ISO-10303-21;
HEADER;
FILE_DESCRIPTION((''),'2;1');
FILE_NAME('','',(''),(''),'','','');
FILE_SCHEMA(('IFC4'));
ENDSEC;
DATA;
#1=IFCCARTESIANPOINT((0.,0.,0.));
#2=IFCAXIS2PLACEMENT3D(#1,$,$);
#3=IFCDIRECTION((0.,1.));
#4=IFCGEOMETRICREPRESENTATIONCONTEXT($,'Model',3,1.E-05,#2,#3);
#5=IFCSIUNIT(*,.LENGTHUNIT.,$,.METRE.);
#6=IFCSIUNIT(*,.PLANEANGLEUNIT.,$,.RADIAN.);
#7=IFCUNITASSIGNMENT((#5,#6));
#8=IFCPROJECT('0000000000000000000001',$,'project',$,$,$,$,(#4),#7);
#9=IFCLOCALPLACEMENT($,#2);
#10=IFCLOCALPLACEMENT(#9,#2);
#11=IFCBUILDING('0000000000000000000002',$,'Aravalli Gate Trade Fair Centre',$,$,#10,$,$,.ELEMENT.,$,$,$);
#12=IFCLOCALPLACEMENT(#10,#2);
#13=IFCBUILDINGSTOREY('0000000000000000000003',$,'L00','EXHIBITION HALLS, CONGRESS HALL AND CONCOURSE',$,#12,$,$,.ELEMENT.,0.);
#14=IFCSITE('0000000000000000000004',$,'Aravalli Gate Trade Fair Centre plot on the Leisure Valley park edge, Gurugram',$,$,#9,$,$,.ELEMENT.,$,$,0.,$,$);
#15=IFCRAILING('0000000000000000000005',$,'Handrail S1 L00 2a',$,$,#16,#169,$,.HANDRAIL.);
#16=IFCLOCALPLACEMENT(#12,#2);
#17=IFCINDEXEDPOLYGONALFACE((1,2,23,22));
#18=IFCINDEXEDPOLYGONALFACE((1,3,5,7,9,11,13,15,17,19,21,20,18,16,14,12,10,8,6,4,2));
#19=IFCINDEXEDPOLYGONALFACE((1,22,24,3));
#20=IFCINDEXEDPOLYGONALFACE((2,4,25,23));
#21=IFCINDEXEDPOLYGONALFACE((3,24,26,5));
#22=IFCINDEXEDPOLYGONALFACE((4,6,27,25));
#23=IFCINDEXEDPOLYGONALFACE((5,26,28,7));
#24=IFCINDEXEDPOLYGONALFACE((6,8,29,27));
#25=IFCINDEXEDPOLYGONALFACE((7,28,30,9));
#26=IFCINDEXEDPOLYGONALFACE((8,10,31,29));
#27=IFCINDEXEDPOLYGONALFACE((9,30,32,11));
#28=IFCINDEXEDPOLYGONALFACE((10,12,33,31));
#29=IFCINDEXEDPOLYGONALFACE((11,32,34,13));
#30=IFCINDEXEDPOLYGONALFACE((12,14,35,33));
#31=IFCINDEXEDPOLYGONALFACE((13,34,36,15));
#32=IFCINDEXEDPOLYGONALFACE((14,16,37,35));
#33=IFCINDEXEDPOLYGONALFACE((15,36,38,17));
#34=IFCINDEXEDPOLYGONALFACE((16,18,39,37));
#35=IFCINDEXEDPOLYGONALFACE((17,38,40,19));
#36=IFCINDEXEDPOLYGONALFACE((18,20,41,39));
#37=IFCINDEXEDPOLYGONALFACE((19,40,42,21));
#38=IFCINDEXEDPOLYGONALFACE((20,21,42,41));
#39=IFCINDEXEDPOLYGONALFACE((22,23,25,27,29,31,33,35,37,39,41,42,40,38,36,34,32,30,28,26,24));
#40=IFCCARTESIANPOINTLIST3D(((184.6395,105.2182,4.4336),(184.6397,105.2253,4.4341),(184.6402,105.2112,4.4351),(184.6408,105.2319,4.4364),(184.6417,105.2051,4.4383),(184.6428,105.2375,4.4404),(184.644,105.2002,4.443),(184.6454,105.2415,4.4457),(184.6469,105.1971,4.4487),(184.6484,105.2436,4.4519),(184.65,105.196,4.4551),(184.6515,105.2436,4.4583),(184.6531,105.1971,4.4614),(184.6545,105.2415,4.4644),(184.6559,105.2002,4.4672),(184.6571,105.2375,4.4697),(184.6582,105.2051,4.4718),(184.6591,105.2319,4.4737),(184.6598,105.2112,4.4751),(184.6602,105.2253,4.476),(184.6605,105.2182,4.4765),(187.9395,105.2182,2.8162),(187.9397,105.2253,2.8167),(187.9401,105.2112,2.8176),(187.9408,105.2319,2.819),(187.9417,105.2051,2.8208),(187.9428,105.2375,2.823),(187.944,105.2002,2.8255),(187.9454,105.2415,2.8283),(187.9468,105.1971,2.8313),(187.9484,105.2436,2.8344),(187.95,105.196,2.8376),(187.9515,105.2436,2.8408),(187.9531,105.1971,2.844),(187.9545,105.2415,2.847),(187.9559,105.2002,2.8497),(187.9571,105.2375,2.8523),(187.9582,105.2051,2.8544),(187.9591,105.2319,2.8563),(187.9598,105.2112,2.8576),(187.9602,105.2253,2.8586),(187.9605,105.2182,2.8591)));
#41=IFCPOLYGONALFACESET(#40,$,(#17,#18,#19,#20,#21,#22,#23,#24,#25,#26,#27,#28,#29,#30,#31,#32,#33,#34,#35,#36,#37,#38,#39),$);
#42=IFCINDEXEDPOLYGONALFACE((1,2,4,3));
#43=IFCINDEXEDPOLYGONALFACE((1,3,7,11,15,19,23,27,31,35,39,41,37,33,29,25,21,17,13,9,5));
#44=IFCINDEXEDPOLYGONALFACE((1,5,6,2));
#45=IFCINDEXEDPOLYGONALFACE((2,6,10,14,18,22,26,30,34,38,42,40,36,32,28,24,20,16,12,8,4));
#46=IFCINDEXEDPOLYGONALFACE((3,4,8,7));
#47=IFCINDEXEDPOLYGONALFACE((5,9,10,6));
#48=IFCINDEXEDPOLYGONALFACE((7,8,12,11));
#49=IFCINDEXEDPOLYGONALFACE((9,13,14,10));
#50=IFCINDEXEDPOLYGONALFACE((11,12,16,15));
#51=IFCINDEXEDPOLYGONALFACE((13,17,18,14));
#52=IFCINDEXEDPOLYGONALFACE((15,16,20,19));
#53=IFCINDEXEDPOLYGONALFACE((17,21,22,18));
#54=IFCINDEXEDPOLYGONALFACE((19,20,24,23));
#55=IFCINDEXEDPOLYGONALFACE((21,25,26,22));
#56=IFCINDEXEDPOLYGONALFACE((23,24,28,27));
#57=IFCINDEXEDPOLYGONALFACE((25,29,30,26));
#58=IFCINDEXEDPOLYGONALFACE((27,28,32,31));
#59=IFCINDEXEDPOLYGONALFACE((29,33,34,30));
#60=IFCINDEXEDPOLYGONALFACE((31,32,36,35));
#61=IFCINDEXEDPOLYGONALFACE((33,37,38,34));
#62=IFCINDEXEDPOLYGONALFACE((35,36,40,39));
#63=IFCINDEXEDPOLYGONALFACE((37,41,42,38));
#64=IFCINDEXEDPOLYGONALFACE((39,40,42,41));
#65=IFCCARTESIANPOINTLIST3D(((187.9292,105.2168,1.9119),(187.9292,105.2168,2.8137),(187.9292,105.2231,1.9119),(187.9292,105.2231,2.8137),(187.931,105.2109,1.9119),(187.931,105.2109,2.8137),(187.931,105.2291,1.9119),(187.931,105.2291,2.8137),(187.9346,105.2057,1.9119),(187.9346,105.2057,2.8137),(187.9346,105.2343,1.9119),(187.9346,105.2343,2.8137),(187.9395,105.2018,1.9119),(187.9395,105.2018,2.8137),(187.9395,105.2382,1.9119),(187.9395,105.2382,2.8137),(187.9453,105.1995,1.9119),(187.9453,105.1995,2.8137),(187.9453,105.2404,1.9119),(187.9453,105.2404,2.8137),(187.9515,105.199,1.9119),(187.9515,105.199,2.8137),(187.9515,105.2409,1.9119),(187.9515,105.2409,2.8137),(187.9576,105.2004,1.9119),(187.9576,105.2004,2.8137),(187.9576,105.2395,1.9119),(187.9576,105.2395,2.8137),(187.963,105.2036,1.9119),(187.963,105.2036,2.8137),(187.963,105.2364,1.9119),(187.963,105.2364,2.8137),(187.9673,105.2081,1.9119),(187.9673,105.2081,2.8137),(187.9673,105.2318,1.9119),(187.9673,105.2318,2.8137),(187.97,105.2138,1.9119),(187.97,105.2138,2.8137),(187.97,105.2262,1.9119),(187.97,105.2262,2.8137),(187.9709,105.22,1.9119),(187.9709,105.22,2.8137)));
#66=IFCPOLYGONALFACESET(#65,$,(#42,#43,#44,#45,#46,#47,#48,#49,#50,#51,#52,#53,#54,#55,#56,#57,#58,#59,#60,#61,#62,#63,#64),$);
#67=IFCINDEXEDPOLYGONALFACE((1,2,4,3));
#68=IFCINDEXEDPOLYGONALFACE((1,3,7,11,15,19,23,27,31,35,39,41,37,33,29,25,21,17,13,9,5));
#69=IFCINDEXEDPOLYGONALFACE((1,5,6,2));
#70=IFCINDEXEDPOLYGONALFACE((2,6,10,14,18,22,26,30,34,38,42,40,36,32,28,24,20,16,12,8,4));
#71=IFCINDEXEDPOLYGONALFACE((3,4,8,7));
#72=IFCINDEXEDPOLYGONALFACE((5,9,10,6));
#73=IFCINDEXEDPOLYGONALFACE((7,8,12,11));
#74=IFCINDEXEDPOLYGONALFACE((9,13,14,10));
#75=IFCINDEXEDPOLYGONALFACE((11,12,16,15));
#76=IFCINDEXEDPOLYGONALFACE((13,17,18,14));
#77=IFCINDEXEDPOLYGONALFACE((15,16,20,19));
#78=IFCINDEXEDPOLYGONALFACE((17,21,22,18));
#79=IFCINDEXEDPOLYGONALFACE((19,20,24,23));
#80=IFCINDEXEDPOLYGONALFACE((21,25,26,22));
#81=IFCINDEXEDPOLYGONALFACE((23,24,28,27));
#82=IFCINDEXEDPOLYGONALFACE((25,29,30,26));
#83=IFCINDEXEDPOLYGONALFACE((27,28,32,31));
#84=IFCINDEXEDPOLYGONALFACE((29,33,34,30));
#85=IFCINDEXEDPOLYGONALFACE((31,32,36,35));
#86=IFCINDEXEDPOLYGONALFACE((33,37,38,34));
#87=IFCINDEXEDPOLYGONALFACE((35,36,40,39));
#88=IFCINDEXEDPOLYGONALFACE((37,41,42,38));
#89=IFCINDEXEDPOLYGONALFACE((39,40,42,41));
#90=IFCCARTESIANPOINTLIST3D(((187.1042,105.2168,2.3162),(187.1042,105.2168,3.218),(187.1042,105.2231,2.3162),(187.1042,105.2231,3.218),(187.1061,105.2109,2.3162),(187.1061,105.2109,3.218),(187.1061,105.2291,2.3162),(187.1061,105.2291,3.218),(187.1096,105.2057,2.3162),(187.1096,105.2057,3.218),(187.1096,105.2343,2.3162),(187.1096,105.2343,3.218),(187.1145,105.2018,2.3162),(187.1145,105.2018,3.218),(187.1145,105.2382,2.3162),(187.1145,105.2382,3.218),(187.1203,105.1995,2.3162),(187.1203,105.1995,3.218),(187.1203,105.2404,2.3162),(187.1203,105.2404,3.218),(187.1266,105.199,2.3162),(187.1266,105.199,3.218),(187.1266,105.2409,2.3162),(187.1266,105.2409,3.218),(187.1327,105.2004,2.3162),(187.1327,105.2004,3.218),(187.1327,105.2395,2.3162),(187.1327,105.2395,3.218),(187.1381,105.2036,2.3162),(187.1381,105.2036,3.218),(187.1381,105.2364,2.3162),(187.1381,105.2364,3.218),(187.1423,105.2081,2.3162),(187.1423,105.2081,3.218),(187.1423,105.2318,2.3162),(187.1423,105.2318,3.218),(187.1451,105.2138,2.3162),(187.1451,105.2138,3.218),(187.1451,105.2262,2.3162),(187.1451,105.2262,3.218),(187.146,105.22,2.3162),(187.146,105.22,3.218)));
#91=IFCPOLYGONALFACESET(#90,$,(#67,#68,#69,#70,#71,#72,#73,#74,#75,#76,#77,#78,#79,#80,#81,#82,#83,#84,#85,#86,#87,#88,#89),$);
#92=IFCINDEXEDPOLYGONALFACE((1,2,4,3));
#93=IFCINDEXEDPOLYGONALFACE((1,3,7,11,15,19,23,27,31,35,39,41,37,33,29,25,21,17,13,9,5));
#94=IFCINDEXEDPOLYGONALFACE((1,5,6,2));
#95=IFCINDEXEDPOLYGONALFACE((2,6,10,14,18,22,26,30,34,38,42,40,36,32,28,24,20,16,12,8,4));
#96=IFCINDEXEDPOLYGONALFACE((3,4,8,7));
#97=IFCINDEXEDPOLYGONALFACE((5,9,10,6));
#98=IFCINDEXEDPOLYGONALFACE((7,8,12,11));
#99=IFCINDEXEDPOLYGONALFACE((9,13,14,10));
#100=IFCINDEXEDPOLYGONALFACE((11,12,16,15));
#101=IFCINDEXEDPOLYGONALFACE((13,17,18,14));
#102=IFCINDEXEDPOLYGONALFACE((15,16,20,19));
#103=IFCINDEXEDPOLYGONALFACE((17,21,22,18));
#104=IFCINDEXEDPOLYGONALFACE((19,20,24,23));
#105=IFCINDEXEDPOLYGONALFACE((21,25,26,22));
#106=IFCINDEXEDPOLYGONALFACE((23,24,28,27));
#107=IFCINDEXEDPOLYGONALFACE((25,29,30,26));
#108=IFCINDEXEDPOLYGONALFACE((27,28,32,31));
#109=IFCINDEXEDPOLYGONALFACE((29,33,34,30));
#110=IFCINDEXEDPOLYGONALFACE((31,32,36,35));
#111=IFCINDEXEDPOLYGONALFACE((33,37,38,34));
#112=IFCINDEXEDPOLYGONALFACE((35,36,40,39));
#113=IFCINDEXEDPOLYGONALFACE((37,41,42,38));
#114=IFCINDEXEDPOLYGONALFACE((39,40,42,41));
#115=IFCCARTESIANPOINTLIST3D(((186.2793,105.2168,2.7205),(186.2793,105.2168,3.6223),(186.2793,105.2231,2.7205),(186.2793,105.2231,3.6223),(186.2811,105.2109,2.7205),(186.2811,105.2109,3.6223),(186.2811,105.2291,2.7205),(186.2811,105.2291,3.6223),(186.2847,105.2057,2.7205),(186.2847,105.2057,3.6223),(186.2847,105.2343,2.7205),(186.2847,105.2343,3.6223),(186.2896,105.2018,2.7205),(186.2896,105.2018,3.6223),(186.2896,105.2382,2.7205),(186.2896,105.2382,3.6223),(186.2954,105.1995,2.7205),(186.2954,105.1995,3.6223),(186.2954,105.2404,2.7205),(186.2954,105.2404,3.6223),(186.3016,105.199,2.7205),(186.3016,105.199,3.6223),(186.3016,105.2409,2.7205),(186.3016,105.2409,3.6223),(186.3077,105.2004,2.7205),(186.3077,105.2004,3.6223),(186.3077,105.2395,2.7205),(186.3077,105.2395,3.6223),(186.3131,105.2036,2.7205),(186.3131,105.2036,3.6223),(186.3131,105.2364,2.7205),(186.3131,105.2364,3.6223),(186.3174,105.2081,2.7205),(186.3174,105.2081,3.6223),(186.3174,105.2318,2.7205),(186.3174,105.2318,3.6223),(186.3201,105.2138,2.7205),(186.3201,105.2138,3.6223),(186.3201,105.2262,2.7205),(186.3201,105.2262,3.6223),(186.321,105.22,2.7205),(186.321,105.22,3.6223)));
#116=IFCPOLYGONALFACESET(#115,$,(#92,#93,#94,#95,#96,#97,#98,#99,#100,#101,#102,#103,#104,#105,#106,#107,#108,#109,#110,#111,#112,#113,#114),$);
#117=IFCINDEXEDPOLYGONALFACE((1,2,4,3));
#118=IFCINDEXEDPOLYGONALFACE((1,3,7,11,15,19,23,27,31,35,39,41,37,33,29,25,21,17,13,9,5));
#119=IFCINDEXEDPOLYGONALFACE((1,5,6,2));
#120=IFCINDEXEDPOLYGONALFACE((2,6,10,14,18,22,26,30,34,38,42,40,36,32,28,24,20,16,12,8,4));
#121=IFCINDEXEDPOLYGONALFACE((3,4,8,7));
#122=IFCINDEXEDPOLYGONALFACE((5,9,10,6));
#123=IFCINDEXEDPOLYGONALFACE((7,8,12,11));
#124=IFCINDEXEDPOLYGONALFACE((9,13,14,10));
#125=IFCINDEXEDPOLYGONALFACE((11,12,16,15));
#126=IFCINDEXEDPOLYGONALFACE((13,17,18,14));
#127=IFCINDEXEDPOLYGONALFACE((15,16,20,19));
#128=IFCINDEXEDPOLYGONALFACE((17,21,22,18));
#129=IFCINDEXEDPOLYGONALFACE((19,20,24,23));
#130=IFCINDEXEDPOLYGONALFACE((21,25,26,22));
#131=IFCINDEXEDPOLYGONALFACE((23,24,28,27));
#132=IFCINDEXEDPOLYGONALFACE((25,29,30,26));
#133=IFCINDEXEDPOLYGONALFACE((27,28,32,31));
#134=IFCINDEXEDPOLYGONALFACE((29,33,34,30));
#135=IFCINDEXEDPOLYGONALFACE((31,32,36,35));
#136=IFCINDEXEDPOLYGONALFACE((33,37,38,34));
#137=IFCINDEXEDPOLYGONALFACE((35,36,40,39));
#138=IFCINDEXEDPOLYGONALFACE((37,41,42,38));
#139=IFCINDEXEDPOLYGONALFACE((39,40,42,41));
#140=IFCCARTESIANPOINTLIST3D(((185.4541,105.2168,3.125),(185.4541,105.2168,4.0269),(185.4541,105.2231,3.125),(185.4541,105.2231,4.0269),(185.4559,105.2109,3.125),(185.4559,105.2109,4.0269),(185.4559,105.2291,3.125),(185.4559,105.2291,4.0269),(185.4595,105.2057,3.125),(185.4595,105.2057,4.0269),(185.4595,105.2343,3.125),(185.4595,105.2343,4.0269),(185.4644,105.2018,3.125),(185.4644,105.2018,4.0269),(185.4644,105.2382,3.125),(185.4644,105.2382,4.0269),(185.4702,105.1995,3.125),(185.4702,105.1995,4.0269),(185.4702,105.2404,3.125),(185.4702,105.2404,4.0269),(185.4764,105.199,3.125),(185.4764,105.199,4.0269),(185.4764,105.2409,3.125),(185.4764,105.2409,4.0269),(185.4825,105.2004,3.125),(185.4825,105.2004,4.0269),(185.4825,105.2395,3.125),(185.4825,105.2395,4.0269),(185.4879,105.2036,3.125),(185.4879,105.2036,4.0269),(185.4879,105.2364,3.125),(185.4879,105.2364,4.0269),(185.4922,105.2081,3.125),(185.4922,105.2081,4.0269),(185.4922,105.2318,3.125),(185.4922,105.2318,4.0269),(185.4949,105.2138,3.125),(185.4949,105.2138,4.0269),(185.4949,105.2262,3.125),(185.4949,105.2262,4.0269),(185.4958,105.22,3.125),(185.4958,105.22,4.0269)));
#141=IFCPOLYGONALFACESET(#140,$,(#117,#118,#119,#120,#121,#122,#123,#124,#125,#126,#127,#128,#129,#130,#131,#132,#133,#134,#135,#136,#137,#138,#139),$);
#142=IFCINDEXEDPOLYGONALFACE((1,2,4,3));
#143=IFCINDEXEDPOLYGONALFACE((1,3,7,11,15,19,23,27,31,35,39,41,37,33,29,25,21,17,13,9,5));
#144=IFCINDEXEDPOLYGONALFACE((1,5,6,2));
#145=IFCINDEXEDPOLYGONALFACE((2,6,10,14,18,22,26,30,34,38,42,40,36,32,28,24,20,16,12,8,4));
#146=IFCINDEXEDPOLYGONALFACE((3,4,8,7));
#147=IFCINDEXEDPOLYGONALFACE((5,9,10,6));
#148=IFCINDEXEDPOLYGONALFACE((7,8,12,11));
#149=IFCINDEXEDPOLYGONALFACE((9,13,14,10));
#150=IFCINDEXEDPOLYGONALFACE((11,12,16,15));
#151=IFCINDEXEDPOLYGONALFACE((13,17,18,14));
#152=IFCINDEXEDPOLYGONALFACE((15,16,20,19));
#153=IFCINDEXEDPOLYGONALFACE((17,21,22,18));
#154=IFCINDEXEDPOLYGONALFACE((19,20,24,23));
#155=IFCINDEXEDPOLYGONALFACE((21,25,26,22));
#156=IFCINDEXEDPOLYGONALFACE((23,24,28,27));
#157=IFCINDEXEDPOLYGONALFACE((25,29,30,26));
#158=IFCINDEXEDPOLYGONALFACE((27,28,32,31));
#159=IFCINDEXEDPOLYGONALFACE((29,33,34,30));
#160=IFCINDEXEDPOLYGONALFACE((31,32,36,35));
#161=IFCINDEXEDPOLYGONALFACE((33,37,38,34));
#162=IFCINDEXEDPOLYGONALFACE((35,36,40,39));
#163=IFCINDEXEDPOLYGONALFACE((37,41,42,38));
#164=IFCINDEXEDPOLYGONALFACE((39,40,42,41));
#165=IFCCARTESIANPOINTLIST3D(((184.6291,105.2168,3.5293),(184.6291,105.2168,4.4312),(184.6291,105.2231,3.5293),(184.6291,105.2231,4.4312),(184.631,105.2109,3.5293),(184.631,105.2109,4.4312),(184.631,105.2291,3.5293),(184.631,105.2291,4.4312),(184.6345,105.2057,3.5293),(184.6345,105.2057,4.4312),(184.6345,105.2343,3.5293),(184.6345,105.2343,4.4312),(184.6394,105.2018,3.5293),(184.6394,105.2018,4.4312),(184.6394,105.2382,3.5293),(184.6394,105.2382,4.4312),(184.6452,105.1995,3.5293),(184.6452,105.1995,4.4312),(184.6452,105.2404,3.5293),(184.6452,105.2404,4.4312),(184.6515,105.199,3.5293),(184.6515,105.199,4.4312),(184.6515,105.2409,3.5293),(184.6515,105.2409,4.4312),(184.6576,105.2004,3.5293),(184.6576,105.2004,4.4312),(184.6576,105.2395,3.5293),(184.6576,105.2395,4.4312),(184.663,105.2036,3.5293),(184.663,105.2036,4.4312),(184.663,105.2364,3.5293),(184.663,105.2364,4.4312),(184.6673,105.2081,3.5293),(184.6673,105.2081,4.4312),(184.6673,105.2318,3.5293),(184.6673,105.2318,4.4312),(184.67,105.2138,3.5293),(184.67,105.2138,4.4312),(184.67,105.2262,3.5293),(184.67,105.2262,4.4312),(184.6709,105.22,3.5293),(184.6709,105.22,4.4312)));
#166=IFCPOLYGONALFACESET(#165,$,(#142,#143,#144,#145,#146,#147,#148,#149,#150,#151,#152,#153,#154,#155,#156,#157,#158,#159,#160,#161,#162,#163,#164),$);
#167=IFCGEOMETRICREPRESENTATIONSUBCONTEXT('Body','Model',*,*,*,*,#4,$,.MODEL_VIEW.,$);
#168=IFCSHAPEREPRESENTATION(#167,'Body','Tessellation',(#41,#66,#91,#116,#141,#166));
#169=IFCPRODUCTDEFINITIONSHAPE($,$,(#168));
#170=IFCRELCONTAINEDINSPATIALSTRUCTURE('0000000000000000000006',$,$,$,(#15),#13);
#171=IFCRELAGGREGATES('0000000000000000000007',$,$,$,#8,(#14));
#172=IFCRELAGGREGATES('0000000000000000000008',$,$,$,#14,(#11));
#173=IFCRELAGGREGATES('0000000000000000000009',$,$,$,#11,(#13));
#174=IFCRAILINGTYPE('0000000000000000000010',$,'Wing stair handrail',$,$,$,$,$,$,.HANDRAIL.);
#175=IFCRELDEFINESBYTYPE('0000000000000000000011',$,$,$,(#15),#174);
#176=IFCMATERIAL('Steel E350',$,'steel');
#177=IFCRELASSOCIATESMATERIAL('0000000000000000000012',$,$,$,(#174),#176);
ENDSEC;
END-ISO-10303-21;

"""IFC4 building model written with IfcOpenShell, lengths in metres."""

from ifc_helpers import new_model, si_unit, direction, frame, origin, origin_2d, place, context, subcontext, project, spatial, circle, extrude, material, type_object, element, save


model = new_model("IFC4")

# Units and contexts
model_context = context("Model", 3, precision=1e-05, world=origin(), true_north=direction((0.0, 1.0)))
body_context = subcontext(model_context, "Body", "Model", "MODEL_VIEW")
ifc_project = project(units=[si_unit("LENGTHUNIT", "METRE"), si_unit("PLANEANGLEUNIT", "RADIAN")], contexts=[model_context])

# Site, building, storey
site_placement = place(None, origin())
site = spatial("IfcSite", under=ifc_project, at=site_placement, Name="Aravalli Gate Trade Fair Centre plot on the Leisure Valley park edge, Gurugram", CompositionType="ELEMENT", RefElevation=0.0)
building_placement = place(site_placement, origin())
building = spatial("IfcBuilding", under=site, at=building_placement, Name="Aravalli Gate Trade Fair Centre", CompositionType="ELEMENT")
storey_placement = place(building_placement, origin())
storey = spatial("IfcBuildingStorey", under=building, at=storey_placement, Name="L00", Description="EXHIBITION HALLS, CONGRESS HALL AND CONCOURSE", CompositionType="ELEMENT", Elevation=0.0)

# Shared definitions
ifc_material_1 = material(Name="Steel E350", Category="steel")

# Railing
railing_type_1 = type_object("IfcRailingType", Name="Wing stair handrail", PredefinedType="HANDRAIL", material=ifc_material_1)
for number, where, name in (
    (1, (187.95, 105.22, 1.9119), "Handrail S1 L00 2a"),
):
    element("IfcRailing", number, at=place(storey_placement, frame(where)), inside=storey, type_object=railing_type_1, Name=name, PredefinedType="HANDRAIL", context=body_context, shape_type="SweptSolid", body=[
        extrude(circle(Radius=0.0239, at=origin_2d()), frame((0.0, 0.0, 0.9258), z_axis=(-0.897946, 0.0, 0.440105), x_axis=(0.0, -1.0, 0.0)), (0.0, 0.0, 1.0), 3.675),
        extrude(circle(Radius=0.021, at=origin_2d()), origin(), (0.0, 0.0, 1.0), 0.9019),
        extrude(circle(Radius=0.021, at=origin_2d()), frame((-0.825, 0.0, 0.4043)), (0.0, 0.0, 1.0), 0.9019),
        extrude(circle(Radius=0.021, at=origin_2d()), frame((-1.6499, 0.0, 0.8086)), (0.0, 0.0, 1.0), 0.9019),
        extrude(circle(Radius=0.021, at=origin_2d()), frame((-2.4751, 0.0, 1.2131)), (0.0, 0.0, 1.0), 0.9019),
        extrude(circle(Radius=0.021, at=origin_2d()), frame((-3.3, 0.0, 1.6174)), (0.0, 0.0, 1.0), 0.9019),
    ])

save(model, "model.ifc")
